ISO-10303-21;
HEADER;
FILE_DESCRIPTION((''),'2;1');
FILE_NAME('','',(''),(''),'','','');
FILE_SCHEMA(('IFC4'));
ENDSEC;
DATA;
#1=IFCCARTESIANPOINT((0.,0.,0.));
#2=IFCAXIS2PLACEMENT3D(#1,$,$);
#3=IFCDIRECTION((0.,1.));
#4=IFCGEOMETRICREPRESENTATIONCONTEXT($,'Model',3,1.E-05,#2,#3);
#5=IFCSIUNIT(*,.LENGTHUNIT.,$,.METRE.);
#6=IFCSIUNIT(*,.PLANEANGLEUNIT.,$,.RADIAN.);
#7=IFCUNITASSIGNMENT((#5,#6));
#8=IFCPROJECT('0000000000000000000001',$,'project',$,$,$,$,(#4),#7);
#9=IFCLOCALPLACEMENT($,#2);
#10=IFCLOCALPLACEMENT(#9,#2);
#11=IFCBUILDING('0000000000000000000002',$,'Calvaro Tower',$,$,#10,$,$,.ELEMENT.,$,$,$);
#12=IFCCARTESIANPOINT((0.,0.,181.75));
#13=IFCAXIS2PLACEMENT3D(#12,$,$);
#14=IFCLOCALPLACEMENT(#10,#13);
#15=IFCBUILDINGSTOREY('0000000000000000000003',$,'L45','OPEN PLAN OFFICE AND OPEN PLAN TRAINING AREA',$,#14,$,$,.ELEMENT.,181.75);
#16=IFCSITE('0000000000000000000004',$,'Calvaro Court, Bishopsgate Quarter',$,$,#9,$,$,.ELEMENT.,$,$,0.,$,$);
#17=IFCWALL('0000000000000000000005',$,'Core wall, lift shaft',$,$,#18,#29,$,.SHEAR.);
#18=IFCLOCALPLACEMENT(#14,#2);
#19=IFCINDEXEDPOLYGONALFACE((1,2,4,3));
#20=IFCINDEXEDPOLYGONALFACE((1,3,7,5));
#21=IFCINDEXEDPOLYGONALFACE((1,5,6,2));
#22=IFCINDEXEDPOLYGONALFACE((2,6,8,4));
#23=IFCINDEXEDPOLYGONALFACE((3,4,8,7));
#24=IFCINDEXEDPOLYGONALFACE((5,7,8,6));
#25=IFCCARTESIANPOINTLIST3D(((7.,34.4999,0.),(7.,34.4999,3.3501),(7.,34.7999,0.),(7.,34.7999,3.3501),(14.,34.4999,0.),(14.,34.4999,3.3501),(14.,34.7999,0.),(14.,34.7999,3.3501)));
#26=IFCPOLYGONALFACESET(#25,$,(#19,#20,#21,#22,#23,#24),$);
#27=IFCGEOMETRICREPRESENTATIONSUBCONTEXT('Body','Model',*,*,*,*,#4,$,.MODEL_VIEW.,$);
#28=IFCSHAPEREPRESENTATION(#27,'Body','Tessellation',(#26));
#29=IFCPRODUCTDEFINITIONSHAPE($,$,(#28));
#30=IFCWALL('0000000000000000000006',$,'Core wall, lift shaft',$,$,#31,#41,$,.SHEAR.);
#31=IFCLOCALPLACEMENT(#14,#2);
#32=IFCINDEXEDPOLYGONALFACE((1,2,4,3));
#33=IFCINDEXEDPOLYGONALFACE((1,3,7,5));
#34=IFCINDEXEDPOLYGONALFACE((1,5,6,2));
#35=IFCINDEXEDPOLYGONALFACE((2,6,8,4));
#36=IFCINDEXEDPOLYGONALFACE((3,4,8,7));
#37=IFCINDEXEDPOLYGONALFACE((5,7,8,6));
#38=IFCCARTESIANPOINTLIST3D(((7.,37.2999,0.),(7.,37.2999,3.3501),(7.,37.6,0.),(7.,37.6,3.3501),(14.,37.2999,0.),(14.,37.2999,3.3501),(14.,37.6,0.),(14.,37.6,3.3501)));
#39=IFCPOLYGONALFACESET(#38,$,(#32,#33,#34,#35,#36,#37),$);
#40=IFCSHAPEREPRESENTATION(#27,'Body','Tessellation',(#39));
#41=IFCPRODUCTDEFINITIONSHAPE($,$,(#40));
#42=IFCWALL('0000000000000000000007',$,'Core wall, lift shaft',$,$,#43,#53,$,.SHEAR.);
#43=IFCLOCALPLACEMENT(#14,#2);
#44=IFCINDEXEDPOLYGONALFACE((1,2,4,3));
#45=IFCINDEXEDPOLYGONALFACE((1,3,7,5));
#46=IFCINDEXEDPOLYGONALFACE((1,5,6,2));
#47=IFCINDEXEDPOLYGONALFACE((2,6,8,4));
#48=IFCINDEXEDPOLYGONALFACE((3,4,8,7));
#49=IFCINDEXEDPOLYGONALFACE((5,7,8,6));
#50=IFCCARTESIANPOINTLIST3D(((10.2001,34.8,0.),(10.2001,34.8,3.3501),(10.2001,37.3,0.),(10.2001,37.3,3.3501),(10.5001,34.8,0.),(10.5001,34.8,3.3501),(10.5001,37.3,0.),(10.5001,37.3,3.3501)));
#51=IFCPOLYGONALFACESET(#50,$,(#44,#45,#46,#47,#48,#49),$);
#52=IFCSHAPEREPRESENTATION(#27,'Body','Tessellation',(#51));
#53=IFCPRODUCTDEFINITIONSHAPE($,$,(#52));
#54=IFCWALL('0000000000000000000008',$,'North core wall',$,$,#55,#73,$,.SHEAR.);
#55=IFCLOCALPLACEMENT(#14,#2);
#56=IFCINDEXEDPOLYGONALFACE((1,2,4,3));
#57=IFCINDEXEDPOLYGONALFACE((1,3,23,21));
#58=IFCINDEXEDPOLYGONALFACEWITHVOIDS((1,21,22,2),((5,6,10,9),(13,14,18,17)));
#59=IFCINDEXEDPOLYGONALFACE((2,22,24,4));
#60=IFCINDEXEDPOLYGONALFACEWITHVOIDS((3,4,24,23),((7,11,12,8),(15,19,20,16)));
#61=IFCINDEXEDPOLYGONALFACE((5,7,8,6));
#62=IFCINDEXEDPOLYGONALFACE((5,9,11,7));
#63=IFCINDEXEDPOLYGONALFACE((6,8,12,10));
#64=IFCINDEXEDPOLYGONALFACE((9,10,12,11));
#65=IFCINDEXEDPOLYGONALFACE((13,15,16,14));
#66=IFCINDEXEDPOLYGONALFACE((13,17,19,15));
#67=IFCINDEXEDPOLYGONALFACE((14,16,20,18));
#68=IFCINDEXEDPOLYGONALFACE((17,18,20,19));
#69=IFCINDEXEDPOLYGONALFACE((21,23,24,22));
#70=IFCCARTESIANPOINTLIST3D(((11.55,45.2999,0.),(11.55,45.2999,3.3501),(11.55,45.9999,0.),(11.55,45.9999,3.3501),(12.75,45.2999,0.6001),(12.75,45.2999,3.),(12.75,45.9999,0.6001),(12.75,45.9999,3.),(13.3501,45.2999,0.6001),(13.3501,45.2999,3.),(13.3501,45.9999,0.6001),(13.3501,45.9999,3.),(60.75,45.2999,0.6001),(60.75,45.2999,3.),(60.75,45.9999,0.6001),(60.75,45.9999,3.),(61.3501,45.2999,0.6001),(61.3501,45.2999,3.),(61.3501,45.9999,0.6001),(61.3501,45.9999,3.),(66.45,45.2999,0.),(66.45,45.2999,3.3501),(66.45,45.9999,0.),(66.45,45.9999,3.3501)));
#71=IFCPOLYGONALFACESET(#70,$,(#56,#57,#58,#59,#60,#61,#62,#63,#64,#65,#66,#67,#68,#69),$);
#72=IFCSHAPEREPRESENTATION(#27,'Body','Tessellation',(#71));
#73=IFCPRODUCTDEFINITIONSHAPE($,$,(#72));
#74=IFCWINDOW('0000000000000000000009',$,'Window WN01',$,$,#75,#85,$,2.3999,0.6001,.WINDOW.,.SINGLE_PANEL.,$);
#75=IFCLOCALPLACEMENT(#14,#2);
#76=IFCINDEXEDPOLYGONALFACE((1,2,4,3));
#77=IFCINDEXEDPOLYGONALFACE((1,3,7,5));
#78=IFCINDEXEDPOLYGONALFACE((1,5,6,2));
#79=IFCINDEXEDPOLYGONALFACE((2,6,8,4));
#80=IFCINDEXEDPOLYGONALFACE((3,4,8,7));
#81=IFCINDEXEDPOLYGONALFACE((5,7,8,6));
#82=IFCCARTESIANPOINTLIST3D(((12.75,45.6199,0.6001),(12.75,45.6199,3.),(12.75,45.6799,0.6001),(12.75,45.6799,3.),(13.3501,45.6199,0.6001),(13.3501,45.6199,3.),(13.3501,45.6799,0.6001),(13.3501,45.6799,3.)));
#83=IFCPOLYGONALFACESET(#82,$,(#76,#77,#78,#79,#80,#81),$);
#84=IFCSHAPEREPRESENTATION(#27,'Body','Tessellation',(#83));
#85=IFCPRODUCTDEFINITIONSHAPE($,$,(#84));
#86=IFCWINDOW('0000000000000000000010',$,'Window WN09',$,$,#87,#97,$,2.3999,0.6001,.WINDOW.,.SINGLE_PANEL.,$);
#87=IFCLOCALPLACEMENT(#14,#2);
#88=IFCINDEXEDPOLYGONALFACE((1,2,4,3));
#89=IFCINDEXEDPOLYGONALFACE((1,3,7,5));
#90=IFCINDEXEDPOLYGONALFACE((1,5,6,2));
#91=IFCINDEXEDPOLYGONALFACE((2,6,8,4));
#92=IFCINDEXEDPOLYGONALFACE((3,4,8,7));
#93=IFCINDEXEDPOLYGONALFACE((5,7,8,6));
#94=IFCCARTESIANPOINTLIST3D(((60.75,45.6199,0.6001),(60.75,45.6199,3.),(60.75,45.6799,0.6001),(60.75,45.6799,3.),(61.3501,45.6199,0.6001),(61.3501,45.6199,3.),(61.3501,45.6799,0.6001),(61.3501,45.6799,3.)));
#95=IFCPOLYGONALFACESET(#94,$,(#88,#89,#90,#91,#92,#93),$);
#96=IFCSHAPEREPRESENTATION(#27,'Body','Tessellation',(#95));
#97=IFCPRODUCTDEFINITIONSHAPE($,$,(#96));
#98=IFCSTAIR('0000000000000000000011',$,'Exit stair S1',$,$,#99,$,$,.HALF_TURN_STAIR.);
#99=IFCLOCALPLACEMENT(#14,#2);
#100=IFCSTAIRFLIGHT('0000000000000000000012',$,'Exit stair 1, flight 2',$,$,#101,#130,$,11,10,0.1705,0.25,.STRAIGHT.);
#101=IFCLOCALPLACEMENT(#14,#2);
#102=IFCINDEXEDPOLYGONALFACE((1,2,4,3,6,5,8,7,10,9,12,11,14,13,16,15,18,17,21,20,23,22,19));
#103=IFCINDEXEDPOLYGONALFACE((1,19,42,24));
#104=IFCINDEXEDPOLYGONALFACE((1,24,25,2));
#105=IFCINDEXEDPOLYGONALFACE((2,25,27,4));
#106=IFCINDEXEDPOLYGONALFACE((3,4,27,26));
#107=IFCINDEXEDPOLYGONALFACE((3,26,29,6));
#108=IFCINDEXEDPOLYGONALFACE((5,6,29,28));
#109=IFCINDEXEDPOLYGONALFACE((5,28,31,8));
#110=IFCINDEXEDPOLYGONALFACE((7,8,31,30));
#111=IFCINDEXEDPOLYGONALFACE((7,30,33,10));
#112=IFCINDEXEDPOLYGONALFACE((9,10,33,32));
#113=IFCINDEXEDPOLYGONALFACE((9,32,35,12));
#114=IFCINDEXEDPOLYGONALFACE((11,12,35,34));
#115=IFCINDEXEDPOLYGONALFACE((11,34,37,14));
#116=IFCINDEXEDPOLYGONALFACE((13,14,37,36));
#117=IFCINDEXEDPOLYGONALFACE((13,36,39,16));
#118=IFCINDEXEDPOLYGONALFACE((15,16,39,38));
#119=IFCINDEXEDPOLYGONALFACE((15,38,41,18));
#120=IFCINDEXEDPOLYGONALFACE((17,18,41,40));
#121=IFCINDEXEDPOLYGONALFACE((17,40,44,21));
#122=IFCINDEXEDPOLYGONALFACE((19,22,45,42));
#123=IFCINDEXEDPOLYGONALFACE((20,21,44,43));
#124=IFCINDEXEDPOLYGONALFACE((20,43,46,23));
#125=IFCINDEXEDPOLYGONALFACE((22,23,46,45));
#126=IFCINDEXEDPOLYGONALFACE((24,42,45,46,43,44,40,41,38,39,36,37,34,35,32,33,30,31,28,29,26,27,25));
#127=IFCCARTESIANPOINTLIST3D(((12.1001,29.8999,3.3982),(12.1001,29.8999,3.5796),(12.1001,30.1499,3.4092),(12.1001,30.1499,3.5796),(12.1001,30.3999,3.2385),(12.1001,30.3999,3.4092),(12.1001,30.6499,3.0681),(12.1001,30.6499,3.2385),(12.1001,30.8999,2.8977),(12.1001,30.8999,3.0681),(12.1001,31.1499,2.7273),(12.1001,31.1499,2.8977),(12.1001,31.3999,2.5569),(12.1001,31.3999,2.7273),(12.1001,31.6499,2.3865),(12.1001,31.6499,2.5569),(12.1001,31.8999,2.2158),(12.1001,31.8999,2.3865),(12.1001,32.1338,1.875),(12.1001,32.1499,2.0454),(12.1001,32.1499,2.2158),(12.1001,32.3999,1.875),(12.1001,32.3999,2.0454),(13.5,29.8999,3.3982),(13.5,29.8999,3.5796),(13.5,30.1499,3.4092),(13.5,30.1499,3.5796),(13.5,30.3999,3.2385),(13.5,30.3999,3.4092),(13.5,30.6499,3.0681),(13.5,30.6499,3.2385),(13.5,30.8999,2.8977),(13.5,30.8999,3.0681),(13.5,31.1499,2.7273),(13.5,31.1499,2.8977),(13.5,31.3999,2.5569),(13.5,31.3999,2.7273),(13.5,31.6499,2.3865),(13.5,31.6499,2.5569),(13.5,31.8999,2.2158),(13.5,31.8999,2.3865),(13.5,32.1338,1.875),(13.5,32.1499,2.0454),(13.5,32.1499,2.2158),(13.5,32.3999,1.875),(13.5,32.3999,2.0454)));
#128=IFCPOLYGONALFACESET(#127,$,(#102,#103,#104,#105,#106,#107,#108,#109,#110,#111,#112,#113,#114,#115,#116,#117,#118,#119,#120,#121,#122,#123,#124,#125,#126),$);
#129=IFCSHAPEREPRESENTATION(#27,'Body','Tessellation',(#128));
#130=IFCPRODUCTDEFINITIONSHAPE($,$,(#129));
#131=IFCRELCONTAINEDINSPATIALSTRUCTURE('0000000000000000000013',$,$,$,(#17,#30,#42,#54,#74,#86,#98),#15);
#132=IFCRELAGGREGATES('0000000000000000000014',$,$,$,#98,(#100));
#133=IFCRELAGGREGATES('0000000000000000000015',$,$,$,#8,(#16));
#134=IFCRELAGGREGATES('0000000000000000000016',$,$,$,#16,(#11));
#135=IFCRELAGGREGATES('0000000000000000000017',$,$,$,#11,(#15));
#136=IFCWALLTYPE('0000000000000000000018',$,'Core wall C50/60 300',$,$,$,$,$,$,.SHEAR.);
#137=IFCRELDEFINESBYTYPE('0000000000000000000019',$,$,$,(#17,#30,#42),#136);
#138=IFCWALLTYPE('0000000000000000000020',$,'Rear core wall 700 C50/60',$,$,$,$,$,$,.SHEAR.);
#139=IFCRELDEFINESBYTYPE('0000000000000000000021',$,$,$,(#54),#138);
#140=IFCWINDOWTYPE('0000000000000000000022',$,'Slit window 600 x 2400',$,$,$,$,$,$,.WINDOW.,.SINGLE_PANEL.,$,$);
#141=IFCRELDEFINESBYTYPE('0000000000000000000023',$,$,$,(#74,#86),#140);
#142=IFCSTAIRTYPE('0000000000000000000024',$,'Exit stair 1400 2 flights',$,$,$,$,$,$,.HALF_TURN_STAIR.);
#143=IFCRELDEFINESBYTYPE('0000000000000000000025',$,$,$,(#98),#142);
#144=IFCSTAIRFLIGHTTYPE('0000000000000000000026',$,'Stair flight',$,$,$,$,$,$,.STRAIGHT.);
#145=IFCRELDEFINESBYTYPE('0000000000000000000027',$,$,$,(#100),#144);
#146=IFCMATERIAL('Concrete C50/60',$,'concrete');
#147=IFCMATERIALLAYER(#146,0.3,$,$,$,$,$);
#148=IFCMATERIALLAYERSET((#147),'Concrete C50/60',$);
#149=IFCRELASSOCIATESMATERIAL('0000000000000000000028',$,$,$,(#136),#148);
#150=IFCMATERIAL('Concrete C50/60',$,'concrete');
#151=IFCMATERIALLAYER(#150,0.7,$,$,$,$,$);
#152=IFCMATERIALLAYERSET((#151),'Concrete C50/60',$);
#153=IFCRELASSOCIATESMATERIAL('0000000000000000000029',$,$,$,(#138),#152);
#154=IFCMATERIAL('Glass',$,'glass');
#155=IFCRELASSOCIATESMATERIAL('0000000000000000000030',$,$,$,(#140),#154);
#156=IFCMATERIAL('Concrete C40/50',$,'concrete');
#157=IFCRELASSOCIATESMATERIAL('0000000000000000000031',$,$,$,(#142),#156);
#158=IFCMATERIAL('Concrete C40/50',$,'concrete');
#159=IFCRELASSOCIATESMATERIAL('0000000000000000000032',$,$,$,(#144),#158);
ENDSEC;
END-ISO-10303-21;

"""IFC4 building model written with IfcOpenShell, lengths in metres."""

from ifc_helpers import new_model, si_unit, direction, frame, frame_2d, origin, place, context, subcontext, project, spatial, polyline, rectangle, outline, extrude, material, layer, layer_set, type_object, element, fill, aggregate, save


model = new_model("IFC4")

# Units and contexts
model_context = context("Model", 3, precision=1e-05, world=origin(), true_north=direction((0.0, 1.0)))
body_context = subcontext(model_context, "Body", "Model", "MODEL_VIEW")
ifc_project = project(units=[si_unit("LENGTHUNIT", "METRE"), si_unit("PLANEANGLEUNIT", "RADIAN")], contexts=[model_context])

# Site, building, storey
site_placement = place(None, origin())
site = spatial("IfcSite", under=ifc_project, at=site_placement, Name="Calvaro Court, Bishopsgate Quarter", CompositionType="ELEMENT", RefElevation=0.0)
building_placement = place(site_placement, origin())
building = spatial("IfcBuilding", under=site, at=building_placement, Name="Calvaro Tower", CompositionType="ELEMENT")
storey_placement = place(building_placement, frame((0.0, 0.0, 181.75)))
storey = spatial("IfcBuildingStorey", under=building, at=storey_placement, Name="L45", Description="OPEN PLAN OFFICE AND OPEN PLAN TRAINING AREA", CompositionType="ELEMENT", Elevation=181.75)

# Walls
ifc_material_1 = material(Name="Concrete C50/60", Category="concrete")
ifc_layer_1 = layer(ifc_material_1, 0.3)
ifc_layer_set_1 = layer_set([ifc_layer_1], Name="Concrete C50/60")
wall_type_1 = type_object("IfcWallType", Name="Core wall C50/60 300", PredefinedType="SHEAR", material=ifc_layer_set_1)
for number, where, z_axis, x_axis, name in (
    (1, (7.0, 34.6499, 0.0), (0.0, 0.0, 1.0), (1.0, 0.0, 0.0), "Core wall, lift shaft"),
    (2, (7.0, 37.45, 0.0), (0.0, 0.0, 1.0), (1.0, 0.0, 0.0), "Core wall, lift shaft"),
):
    element("IfcWall", number, at=place(storey_placement, frame(where, z_axis=z_axis, x_axis=x_axis)), inside=storey, type_object=wall_type_1, Name=name, PredefinedType="SHEAR", context=body_context, shape_type="SweptSolid", body=[
        extrude(rectangle(XDim=7.0, YDim=0.3, at=frame_2d((3.5, 0.0))), origin(), (0.0, 0.0, 1.0), 3.3501),
    ])
wall_1_placement = place(storey_placement, frame((10.3501, 34.8, 0.0), z_axis=(0.0, 0.0, 1.0), x_axis=(0.0, 1.0, 0.0)))
element("IfcWall", 3, at=wall_1_placement, inside=storey, type_object=wall_type_1, Name="Core wall, lift shaft", PredefinedType="SHEAR", context=body_context, shape_type="SweptSolid", body=[
    extrude(rectangle(XDim=2.5, YDim=0.3, at=frame_2d((1.25, 0.0))), origin(), (0.0, 0.0, 1.0), 3.3501),
])

# Wall, openings, windows
ifc_material_2 = material(Name="Concrete C50/60", Category="concrete")
ifc_layer_2 = layer(ifc_material_2, 0.7)
ifc_layer_set_2 = layer_set([ifc_layer_2], Name="Concrete C50/60")
wall_type_2 = type_object("IfcWallType", Name="Rear core wall 700 C50/60", PredefinedType="SHEAR", material=ifc_layer_set_2)
wall_2_placement = place(storey_placement, frame((11.55, 45.6499, 0.0), z_axis=(0.0, 0.0, 1.0), x_axis=(1.0, 0.0, 0.0)))
wall_2 = element("IfcWall", 4, at=wall_2_placement, inside=storey, type_object=wall_type_2, Name="North core wall", PredefinedType="SHEAR", context=body_context, shape_type="SweptSolid", body=[
    extrude(rectangle(XDim=54.8999, YDim=0.7, at=frame_2d((27.45, 0.0))), origin(), (0.0, 0.0, 1.0), 3.3501),
])
opening_1_placement = place(wall_2_placement, frame((1.2, 0.0, 0.6001)))
opening_1 = element("IfcOpeningElement", 5, at=opening_1_placement, cuts=wall_2, PredefinedType="OPENING", context=body_context, shape_type="SweptSolid", body=[
    extrude(rectangle(XDim=0.6001, YDim=2.3999, at=frame_2d((0.3, 1.2))), frame((0.0, 0.3599, 0.0), z_axis=(0.0, -1.0, 0.0), x_axis=(1.0, 0.0, 0.0)), (0.0, 0.0, 1.0), 0.72),
])
opening_2_placement = place(wall_2_placement, frame((49.2, 0.0, 0.6001)))
opening_2 = element("IfcOpeningElement", 6, at=opening_2_placement, cuts=wall_2, PredefinedType="OPENING", context=body_context, shape_type="SweptSolid", body=[
    extrude(rectangle(XDim=0.6001, YDim=2.3999, at=frame_2d((0.3, 1.2))), frame((0.0, 0.3599, 0.0), z_axis=(0.0, -1.0, 0.0), x_axis=(1.0, 0.0, 0.0)), (0.0, 0.0, 1.0), 0.72),
])
ifc_material_3 = material(Name="Glass", Category="glass")
window_type = type_object("IfcWindowType", Name="Slit window 600 x 2400", PartitioningType="SINGLE_PANEL", PredefinedType="WINDOW", material=ifc_material_3)
window_1_placement = place(opening_1_placement, origin())
window_1 = element("IfcWindow", 7, at=window_1_placement, inside=storey, type_object=window_type, Name="Window WN01", OverallHeight=2.3999, OverallWidth=0.6001, PartitioningType="SINGLE_PANEL", PredefinedType="WINDOW", context=body_context, shape_type="SweptSolid", body=[
    extrude(rectangle(XDim=0.6001, YDim=2.3999, at=frame_2d((0.3, 1.2))), frame((0.0, 0.03, 0.0), z_axis=(0.0, -1.0, 0.0), x_axis=(1.0, 0.0, 0.0)), (0.0, 0.0, 1.0), 0.0601),
])
fill(opening_1, window_1)
window_2_placement = place(opening_2_placement, origin())
window_2 = element("IfcWindow", 8, at=window_2_placement, inside=storey, type_object=window_type, Name="Window WN09", OverallHeight=2.3999, OverallWidth=0.6001, PartitioningType="SINGLE_PANEL", PredefinedType="WINDOW", context=body_context, shape_type="SweptSolid", body=[
    extrude(rectangle(XDim=0.6001, YDim=2.3999, at=frame_2d((0.3, 1.2))), frame((0.0, 0.03, 0.0), z_axis=(0.0, -1.0, 0.0), x_axis=(1.0, 0.0, 0.0)), (0.0, 0.0, 1.0), 0.0601),
])
fill(opening_2, window_2)

# Stair, stair flight
ifc_material_4 = material(Name="Concrete C40/50", Category="concrete")
stair_type = type_object("IfcStairType", Name="Exit stair 1400 2 flights", PredefinedType="HALF_TURN_STAIR", material=ifc_material_4)
stair_placement = place(storey_placement, origin())
stair = element("IfcStair", 9, at=stair_placement, inside=storey, type_object=stair_type, Name="Exit stair S1", PredefinedType="HALF_TURN_STAIR")
ifc_material_5 = material(Name="Concrete C40/50", Category="concrete")
stair_flight_type = type_object("IfcStairFlightType", Name="Stair flight", PredefinedType="STRAIGHT", material=ifc_material_5)
stair_flight_placement = place(storey_placement, frame((12.8, 32.3999, 1.875), z_axis=(0.0, 0.0, 1.0), x_axis=(0.0, -1.0, 0.0)))
stair_flight = element("IfcStairFlight", 10, at=stair_flight_placement, type_object=stair_flight_type, Name="Exit stair 1, flight 2", NumberOfRisers=11, NumberOfTreads=10, PredefinedType="STRAIGHT", RiserHeight=0.1705, TreadLength=0.25, context=body_context, shape_type="SweptSolid", body=[
    extrude(outline(polyline([(0.0, 0.0), (0.0, 0.1704), (0.25, 0.1704), (0.25, 0.3408), (0.5, 0.3408), (0.5, 0.5115), (0.75, 0.5115), (0.75, 0.6819), (1.0, 0.6819), (1.0, 0.8523), (1.25, 0.8523), (1.25, 1.0227), (1.5, 1.0227), (1.5, 1.1931), (1.75, 1.1931), (1.75, 1.3635), (2.0, 1.3635), (2.0, 1.5342), (2.25, 1.5342), (2.25, 1.7046), (2.5, 1.7046), (2.5, 1.875), (2.5, 1.5232), (0.2661, 0.0), (0.0, 0.0)])), frame((0.0, 0.7, 0.0), z_axis=(0.0, -1.0, 0.0), x_axis=(1.0, 0.0, 0.0)), (0.0, 0.0, 1.0), 1.3999),
])
aggregate(stair, [stair_flight])

save(model, "model.ifc")
